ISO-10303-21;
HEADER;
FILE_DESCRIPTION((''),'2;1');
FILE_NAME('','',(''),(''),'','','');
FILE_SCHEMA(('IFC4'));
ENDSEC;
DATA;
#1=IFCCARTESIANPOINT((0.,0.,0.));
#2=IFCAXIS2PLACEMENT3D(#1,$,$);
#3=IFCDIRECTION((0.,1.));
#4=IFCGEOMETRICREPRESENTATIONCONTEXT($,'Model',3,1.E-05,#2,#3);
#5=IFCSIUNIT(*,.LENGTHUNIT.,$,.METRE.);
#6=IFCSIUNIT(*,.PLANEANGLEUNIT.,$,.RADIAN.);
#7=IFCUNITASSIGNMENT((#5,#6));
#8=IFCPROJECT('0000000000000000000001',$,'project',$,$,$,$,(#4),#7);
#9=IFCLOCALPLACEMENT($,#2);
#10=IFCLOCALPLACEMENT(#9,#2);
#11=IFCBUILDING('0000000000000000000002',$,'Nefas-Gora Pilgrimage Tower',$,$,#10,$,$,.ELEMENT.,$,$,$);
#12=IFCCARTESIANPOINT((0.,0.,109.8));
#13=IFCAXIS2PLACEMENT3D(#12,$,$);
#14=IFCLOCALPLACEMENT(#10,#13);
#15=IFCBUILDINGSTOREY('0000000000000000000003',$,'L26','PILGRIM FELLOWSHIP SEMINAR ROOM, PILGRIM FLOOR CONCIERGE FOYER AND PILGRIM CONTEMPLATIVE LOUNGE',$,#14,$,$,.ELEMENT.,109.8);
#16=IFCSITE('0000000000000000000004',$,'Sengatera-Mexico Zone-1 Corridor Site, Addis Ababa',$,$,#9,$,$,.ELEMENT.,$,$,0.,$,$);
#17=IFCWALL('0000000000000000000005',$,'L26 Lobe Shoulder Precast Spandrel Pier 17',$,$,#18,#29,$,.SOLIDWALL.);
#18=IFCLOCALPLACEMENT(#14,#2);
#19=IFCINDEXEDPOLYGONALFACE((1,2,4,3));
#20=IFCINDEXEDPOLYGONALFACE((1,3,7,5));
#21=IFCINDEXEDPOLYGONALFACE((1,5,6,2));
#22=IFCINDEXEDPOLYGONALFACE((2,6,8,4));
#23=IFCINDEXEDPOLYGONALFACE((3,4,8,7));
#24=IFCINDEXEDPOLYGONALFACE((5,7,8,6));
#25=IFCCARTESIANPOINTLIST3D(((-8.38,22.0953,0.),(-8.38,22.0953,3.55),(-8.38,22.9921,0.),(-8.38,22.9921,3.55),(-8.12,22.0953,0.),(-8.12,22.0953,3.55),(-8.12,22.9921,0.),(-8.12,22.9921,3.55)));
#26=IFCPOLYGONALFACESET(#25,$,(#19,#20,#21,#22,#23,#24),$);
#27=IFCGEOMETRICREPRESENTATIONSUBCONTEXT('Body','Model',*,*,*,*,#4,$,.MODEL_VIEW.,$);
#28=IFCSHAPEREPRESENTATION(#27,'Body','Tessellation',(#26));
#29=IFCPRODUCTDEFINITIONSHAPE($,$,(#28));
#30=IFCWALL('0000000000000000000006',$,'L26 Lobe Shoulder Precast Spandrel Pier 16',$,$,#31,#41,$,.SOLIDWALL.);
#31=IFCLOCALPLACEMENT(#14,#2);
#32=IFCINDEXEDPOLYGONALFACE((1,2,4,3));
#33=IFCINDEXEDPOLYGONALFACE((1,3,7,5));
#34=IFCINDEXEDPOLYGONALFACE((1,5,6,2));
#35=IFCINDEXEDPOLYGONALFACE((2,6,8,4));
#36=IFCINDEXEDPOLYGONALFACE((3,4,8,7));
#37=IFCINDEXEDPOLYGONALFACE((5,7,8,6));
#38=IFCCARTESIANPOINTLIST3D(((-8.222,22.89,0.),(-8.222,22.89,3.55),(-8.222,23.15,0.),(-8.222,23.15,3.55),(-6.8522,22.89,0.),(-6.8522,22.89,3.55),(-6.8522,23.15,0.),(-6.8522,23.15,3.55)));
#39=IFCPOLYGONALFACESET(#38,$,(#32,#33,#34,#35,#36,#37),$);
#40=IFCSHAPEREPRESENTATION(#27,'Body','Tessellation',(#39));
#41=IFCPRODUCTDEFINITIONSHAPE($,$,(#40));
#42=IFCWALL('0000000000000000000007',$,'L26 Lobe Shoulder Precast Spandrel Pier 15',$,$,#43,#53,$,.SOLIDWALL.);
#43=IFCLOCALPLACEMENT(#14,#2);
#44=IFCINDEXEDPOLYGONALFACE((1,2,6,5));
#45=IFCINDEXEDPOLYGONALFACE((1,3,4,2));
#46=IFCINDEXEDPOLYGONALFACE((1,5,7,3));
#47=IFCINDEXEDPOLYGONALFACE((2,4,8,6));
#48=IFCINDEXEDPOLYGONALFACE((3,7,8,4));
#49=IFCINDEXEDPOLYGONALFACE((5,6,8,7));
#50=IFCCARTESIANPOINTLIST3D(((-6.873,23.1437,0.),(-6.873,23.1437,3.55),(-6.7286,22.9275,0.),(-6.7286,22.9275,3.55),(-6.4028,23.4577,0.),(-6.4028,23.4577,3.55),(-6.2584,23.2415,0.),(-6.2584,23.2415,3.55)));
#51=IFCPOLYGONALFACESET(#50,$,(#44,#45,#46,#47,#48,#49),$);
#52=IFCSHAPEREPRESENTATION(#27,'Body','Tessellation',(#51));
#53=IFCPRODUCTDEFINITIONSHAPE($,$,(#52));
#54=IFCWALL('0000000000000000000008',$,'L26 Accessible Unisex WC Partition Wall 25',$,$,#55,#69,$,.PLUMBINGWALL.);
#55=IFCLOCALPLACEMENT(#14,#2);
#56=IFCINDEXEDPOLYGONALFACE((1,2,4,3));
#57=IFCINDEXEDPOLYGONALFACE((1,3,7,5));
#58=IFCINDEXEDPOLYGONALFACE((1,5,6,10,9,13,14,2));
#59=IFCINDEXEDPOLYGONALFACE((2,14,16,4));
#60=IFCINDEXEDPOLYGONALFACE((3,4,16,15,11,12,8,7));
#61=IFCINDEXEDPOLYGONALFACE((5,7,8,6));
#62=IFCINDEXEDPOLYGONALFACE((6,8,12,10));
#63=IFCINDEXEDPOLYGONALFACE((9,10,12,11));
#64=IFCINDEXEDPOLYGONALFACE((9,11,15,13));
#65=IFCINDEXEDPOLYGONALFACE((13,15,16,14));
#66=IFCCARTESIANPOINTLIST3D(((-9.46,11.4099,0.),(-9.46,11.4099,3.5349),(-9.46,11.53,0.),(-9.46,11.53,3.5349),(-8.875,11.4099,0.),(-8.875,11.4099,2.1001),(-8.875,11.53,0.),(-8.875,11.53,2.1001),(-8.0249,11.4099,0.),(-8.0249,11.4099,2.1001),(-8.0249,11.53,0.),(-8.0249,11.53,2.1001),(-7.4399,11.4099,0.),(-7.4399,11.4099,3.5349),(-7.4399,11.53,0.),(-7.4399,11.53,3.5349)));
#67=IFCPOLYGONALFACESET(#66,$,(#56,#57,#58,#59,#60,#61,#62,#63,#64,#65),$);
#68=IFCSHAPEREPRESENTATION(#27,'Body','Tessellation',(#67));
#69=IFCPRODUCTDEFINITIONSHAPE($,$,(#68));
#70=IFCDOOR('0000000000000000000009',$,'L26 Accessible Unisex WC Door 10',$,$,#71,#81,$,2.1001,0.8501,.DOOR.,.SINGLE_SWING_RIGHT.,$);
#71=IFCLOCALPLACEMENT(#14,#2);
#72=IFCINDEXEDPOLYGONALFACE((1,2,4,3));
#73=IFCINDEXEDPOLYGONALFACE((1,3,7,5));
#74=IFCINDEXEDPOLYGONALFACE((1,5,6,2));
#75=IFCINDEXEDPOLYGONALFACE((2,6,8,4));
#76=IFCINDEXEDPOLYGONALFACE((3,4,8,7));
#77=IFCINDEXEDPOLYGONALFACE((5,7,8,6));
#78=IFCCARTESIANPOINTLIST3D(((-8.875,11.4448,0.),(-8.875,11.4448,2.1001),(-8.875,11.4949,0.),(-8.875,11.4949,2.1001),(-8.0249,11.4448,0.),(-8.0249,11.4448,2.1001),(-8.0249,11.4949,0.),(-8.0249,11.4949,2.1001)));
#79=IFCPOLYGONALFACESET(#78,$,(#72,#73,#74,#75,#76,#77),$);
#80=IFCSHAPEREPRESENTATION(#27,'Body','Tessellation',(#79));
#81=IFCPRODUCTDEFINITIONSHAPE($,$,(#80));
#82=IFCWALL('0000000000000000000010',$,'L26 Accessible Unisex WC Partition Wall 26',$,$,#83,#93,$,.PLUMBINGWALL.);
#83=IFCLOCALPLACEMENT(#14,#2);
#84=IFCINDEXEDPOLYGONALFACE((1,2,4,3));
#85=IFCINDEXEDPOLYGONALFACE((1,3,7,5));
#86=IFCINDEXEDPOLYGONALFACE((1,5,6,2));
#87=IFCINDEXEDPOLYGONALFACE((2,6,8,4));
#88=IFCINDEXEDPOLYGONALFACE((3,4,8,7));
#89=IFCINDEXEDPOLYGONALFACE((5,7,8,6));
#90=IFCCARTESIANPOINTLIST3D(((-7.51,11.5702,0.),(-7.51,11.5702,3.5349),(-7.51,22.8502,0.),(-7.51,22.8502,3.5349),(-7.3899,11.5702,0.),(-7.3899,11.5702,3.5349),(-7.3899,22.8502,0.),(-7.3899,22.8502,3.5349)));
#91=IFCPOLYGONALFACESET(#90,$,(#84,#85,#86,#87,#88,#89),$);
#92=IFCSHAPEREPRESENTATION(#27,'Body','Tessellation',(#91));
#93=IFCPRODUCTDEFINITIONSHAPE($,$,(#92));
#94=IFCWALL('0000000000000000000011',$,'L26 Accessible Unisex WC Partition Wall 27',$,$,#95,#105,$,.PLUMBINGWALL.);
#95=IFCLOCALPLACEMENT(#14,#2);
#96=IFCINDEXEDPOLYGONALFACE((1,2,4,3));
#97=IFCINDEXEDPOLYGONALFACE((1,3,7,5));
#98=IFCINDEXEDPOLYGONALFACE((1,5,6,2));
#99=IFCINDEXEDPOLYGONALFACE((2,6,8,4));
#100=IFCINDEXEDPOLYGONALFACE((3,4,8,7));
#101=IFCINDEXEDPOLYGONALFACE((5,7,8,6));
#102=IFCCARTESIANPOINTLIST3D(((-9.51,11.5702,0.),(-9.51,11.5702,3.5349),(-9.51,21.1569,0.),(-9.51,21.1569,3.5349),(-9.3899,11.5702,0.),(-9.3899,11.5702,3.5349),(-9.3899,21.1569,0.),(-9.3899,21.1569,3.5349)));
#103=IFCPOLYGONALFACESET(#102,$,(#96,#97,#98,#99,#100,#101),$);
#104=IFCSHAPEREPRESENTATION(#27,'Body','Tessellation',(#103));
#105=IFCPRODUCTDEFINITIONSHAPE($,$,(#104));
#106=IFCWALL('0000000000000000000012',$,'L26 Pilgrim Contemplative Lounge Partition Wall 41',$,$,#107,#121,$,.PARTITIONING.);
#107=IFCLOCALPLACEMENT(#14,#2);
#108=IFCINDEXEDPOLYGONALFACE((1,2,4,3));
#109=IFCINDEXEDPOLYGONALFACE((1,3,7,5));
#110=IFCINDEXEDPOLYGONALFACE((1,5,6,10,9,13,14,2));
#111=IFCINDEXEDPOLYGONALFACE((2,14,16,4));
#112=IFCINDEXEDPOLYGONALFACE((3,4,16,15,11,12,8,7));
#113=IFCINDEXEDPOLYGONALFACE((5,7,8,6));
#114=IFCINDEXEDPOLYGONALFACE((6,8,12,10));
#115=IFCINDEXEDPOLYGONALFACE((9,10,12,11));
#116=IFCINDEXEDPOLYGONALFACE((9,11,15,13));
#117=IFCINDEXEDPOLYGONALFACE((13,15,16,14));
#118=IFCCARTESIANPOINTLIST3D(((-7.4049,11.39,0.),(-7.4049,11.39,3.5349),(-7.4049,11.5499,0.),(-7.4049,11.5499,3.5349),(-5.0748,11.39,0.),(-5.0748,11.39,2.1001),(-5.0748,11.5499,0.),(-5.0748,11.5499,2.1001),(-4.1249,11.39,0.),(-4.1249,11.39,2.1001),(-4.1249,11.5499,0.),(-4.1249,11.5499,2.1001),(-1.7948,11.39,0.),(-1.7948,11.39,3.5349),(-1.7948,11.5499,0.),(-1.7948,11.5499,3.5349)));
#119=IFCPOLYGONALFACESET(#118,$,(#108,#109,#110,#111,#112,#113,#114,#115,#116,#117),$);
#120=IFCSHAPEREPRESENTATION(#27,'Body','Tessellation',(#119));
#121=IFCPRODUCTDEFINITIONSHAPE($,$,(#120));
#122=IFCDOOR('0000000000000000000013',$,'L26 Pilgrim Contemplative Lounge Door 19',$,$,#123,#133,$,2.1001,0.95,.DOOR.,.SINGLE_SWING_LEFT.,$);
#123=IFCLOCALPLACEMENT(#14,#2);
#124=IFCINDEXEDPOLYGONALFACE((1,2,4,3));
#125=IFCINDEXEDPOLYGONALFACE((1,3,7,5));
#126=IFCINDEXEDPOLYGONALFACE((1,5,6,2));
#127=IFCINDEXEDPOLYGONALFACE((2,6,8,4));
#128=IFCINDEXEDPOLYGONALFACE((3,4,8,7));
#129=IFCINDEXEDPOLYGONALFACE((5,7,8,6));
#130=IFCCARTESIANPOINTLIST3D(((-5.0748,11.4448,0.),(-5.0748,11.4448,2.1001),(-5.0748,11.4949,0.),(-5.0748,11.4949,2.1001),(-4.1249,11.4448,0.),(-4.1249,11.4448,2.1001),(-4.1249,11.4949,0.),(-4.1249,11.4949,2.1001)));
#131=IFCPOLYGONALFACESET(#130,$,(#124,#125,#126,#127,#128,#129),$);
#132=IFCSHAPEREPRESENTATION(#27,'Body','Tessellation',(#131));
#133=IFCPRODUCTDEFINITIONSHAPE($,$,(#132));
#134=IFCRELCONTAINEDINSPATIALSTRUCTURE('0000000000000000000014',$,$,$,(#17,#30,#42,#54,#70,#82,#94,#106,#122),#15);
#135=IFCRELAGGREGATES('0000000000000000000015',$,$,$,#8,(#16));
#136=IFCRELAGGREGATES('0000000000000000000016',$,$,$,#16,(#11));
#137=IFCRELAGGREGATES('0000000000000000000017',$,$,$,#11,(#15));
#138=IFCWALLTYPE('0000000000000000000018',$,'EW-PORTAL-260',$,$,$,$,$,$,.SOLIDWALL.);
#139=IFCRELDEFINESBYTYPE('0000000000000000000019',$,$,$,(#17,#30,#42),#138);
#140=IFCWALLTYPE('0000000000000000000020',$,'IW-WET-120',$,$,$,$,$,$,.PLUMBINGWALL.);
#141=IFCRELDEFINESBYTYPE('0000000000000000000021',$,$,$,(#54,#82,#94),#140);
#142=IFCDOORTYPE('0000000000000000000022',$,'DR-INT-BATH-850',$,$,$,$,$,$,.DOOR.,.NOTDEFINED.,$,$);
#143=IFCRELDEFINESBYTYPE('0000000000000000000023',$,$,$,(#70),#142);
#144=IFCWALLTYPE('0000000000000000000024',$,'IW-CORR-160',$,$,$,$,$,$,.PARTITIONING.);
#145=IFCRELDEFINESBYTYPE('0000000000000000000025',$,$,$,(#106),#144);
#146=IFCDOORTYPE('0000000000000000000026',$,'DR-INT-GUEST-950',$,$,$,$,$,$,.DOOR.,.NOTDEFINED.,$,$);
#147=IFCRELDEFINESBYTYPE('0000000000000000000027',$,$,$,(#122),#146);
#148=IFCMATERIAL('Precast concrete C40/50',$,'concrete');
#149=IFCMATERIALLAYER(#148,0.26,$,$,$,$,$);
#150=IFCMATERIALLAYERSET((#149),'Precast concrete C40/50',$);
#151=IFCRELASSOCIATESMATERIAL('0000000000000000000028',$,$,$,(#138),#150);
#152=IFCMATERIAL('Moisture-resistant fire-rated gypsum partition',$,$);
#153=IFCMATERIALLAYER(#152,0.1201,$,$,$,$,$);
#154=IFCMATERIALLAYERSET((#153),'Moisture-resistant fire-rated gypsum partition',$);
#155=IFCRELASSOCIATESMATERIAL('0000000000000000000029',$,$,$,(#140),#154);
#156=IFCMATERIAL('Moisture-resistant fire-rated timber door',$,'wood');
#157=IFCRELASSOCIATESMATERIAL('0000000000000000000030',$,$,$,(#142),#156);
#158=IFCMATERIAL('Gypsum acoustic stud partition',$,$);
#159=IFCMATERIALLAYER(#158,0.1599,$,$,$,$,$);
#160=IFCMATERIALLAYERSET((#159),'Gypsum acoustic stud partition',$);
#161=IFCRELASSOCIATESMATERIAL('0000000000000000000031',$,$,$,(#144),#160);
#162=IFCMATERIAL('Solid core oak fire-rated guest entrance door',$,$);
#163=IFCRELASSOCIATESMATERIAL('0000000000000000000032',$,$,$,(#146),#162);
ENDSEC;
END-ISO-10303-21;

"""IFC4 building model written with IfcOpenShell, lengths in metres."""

from ifc_helpers import new_model, si_unit, direction, frame, frame_2d, origin, place, context, subcontext, project, spatial, rectangle, extrude, source, transform, mapped, material, layer, layer_set, type_object, element, fill, save


model = new_model("IFC4")

# Units and contexts
model_context = context("Model", 3, precision=1e-05, world=origin(), true_north=direction((0.0, 1.0)))
body_context = subcontext(model_context, "Body", "Model", "MODEL_VIEW")
ifc_project = project(units=[si_unit("LENGTHUNIT", "METRE"), si_unit("PLANEANGLEUNIT", "RADIAN")], contexts=[model_context])

# Site, building, storey
site_placement = place(None, origin())
site = spatial("IfcSite", under=ifc_project, at=site_placement, Name="Sengatera-Mexico Zone-1 Corridor Site, Addis Ababa", CompositionType="ELEMENT", RefElevation=0.0)
building_placement = place(site_placement, origin())
building = spatial("IfcBuilding", under=site, at=building_placement, Name="Nefas-Gora Pilgrimage Tower", CompositionType="ELEMENT")
storey_placement = place(building_placement, frame((0.0, 0.0, 109.8)))
storey = spatial("IfcBuildingStorey", under=building, at=storey_placement, Name="L26", Description="PILGRIM FELLOWSHIP SEMINAR ROOM, PILGRIM FLOOR CONCIERGE FOYER AND PILGRIM CONTEMPLATIVE LOUNGE", CompositionType="ELEMENT", Elevation=109.8)

# Walls
ifc_material_1 = material(Name="Precast concrete C40/50", Category="concrete")
ifc_layer_1 = layer(ifc_material_1, 0.26)
ifc_layer_set_1 = layer_set([ifc_layer_1], Name="Precast concrete C40/50")
wall_type_1 = type_object("IfcWallType", Name="EW-PORTAL-260", PredefinedType="SOLIDWALL", material=ifc_layer_set_1)
shared_shape_1 = source(origin(), body_context, "Body", "SweptSolid", [
    extrude(rectangle(XDim=0.8967, YDim=0.26, at=frame_2d((0.4482, 0.0))), origin(), (0.0, 0.0, 1.0), 3.55),
])
wall_1_placement = place(storey_placement, frame((-8.25, 22.9919, 0.0), z_axis=(0.0, 0.0, 1.0), x_axis=(0.0, -1.0, 0.0)))
element("IfcWall", 1, at=wall_1_placement, inside=storey, type_object=wall_type_1, Name="L26 Lobe Shoulder Precast Spandrel Pier 17", PredefinedType="SOLIDWALL", context=body_context, shape_type="MappedRepresentation", body=[
    mapped(shared_shape_1, transform((0.0, 0.0, 0.0), x_axis=(1.0, 0.0, 0.0), y_axis=(0.0, 1.0, 0.0), z_axis=(0.0, 0.0, 1.0), scale=1.0)),
])
shared_shape_2 = source(origin(), body_context, "Body", "SweptSolid", [
    extrude(rectangle(XDim=1.3699, YDim=0.26, at=frame_2d((0.6851, 0.0))), origin(), (0.0, 0.0, 1.0), 3.55),
])
wall_2_placement = place(storey_placement, frame((-6.8521, 23.02, 0.0), z_axis=(0.0, 0.0, 1.0), x_axis=(-1.0, 0.0, 0.0)))
element("IfcWall", 2, at=wall_2_placement, inside=storey, type_object=wall_type_1, Name="L26 Lobe Shoulder Precast Spandrel Pier 16", PredefinedType="SOLIDWALL", context=body_context, shape_type="MappedRepresentation", body=[
    mapped(shared_shape_2, transform((0.0, 0.0, 0.0), x_axis=(1.0, 0.0, 0.0), y_axis=(0.0, 1.0, 0.0), z_axis=(0.0, 0.0, 1.0), scale=1.0)),
])
shared_shape_3 = source(origin(), body_context, "Body", "SweptSolid", [
    extrude(rectangle(XDim=0.5654, YDim=0.26, at=frame_2d((0.2827, 0.0))), origin(), (0.0, 0.0, 1.0), 3.55),
])
wall_3_placement = place(storey_placement, frame((-6.3306, 23.3496, 0.0), z_axis=(0.0, 0.0, 1.0), x_axis=(-0.831651, -0.555298, 0.0)))
element("IfcWall", 3, at=wall_3_placement, inside=storey, type_object=wall_type_1, Name="L26 Lobe Shoulder Precast Spandrel Pier 15", PredefinedType="SOLIDWALL", context=body_context, shape_type="MappedRepresentation", body=[
    mapped(shared_shape_3, transform((0.0, 0.0, 0.0), x_axis=(1.0, 0.0, 0.0), y_axis=(0.0, 1.0, 0.0), z_axis=(0.0, 0.0, 1.0), scale=1.0)),
])

# Wall, opening, door
ifc_material_2 = material(Name="Moisture-resistant fire-rated gypsum partition")
ifc_layer_2 = layer(ifc_material_2, 0.1201)
ifc_layer_set_2 = layer_set([ifc_layer_2], Name="Moisture-resistant fire-rated gypsum partition")
wall_type_2 = type_object("IfcWallType", Name="IW-WET-120", PredefinedType="PLUMBINGWALL", material=ifc_layer_set_2)
shared_shape_4 = source(origin(), body_context, "Body", "SweptSolid", [
    extrude(rectangle(XDim=2.02, YDim=0.1201, at=frame_2d((1.01, 0.0))), origin(), (0.0, 0.0, 1.0), 3.5349),
])
wall_4_placement = place(storey_placement, frame((-9.46, 11.47, 0.0), z_axis=(0.0, 0.0, 1.0), x_axis=(1.0, 0.0, 0.0)))
wall_4 = element("IfcWall", 4, at=wall_4_placement, inside=storey, type_object=wall_type_2, Name="L26 Accessible Unisex WC Partition Wall 25", PredefinedType="PLUMBINGWALL", context=body_context, shape_type="MappedRepresentation", body=[
    mapped(shared_shape_4, transform((0.0, 0.0, 0.0), x_axis=(1.0, 0.0, 0.0), y_axis=(0.0, 1.0, 0.0), z_axis=(0.0, 0.0, 1.0), scale=1.0)),
])
opening_1_placement = place(wall_4_placement, frame((0.585, 0.0, 0.0)))
opening_1 = element("IfcOpeningElement", 5, at=opening_1_placement, cuts=wall_4, PredefinedType="OPENING", context=body_context, shape_type="SweptSolid", body=[
    extrude(rectangle(XDim=0.8501, YDim=2.1001, at=frame_2d((0.425, 1.05))), frame((0.0, 0.0701, 0.0), z_axis=(0.0, -1.0, 0.0), x_axis=(1.0, 0.0, 0.0)), (0.0, 0.0, 1.0), 0.1401),
])
ifc_material_3 = material(Name="Moisture-resistant fire-rated timber door", Category="wood")
door_type_1 = type_object("IfcDoorType", Name="DR-INT-BATH-850", OperationType="NOTDEFINED", PredefinedType="DOOR", material=ifc_material_3)
shared_shape_5 = source(origin(), body_context, "Body", "SweptSolid", [
    extrude(rectangle(XDim=0.8501, YDim=2.1001, at=frame_2d((0.425, 1.05))), frame((0.0, 0.0249, 0.0), z_axis=(0.0, -1.0, 0.0), x_axis=(1.0, 0.0, 0.0)), (0.0, 0.0, 1.0), 0.05),
])
door_1_placement = place(opening_1_placement, origin())
door_1 = element("IfcDoor", 6, at=door_1_placement, inside=storey, type_object=door_type_1, Name="L26 Accessible Unisex WC Door 10", OperationType="SINGLE_SWING_RIGHT", OverallHeight=2.1001, OverallWidth=0.8501, PredefinedType="DOOR", context=body_context, shape_type="MappedRepresentation", body=[
    mapped(shared_shape_5, transform((0.0, 0.0, 0.0), x_axis=(1.0, 0.0, 0.0), y_axis=(0.0, 1.0, 0.0), z_axis=(0.0, 0.0, 1.0), scale=1.0)),
])
fill(opening_1, door_1)

# Walls
shared_shape_6 = source(origin(), body_context, "Body", "SweptSolid", [
    extrude(rectangle(XDim=11.28, YDim=0.1201, at=frame_2d((5.6401, 0.0))), origin(), (0.0, 0.0, 1.0), 3.5349),
])
wall_5_placement = place(storey_placement, frame((-7.45, 11.5701, 0.0), z_axis=(0.0, 0.0, 1.0), x_axis=(0.0, 1.0, 0.0)))
element("IfcWall", 7, at=wall_5_placement, inside=storey, type_object=wall_type_2, Name="L26 Accessible Unisex WC Partition Wall 26", PredefinedType="PLUMBINGWALL", context=body_context, shape_type="MappedRepresentation", body=[
    mapped(shared_shape_6, transform((0.0, 0.0, 0.0), x_axis=(1.0, 0.0, 0.0), y_axis=(0.0, 1.0, 0.0), z_axis=(0.0, 0.0, 1.0), scale=1.0)),
])
shared_shape_7 = source(origin(), body_context, "Body", "SweptSolid", [
    extrude(rectangle(XDim=9.5867, YDim=0.1201, at=frame_2d((4.7935, 0.0))), origin(), (0.0, 0.0, 1.0), 3.5349),
])
wall_6_placement = place(storey_placement, frame((-9.45, 11.5701, 0.0), z_axis=(0.0, 0.0, 1.0), x_axis=(0.0, 1.0, 0.0)))
element("IfcWall", 8, at=wall_6_placement, inside=storey, type_object=wall_type_2, Name="L26 Accessible Unisex WC Partition Wall 27", PredefinedType="PLUMBINGWALL", context=body_context, shape_type="MappedRepresentation", body=[
    mapped(shared_shape_7, transform((0.0, 0.0, 0.0), x_axis=(1.0, 0.0, 0.0), y_axis=(0.0, 1.0, 0.0), z_axis=(0.0, 0.0, 1.0), scale=1.0)),
])

# Wall, opening, door
ifc_material_4 = material(Name="Gypsum acoustic stud partition")
ifc_layer_3 = layer(ifc_material_4, 0.1599)
ifc_layer_set_3 = layer_set([ifc_layer_3], Name="Gypsum acoustic stud partition")
wall_type_3 = type_object("IfcWallType", Name="IW-CORR-160", PredefinedType="PARTITIONING", material=ifc_layer_set_3)
shared_shape_8 = source(origin(), body_context, "Body", "SweptSolid", [
    extrude(rectangle(XDim=5.6101, YDim=0.1599, at=frame_2d((2.8052, 0.0))), origin(), (0.0, 0.0, 1.0), 3.5349),
])
wall_7_placement = place(storey_placement, frame((-7.405, 11.47, 0.0), z_axis=(0.0, 0.0, 1.0), x_axis=(1.0, 0.0, 0.0)))
wall_7 = element("IfcWall", 9, at=wall_7_placement, inside=storey, type_object=wall_type_3, Name="L26 Pilgrim Contemplative Lounge Partition Wall 41", PredefinedType="PARTITIONING", context=body_context, shape_type="MappedRepresentation", body=[
    mapped(shared_shape_8, transform((0.0, 0.0, 0.0), x_axis=(1.0, 0.0, 0.0), y_axis=(0.0, 1.0, 0.0), z_axis=(0.0, 0.0, 1.0), scale=1.0)),
])
opening_2_placement = place(wall_7_placement, frame((2.3301, 0.0, 0.0)))
opening_2 = element("IfcOpeningElement", 10, at=opening_2_placement, cuts=wall_7, PredefinedType="OPENING", context=body_context, shape_type="SweptSolid", body=[
    extrude(rectangle(XDim=0.95, YDim=2.1001, at=frame_2d((0.4751, 1.05))), frame((0.0, 0.0898, 0.0), z_axis=(0.0, -1.0, 0.0), x_axis=(1.0, 0.0, 0.0)), (0.0, 0.0, 1.0), 0.1799),
])
ifc_material_5 = material(Name="Solid core oak fire-rated guest entrance door")
door_type_2 = type_object("IfcDoorType", Name="DR-INT-GUEST-950", OperationType="NOTDEFINED", PredefinedType="DOOR", material=ifc_material_5)
shared_shape_9 = source(origin(), body_context, "Body", "SweptSolid", [
    extrude(rectangle(XDim=0.95, YDim=2.1001, at=frame_2d((0.4751, 1.05))), frame((0.0, 0.0249, 0.0), z_axis=(0.0, -1.0, 0.0), x_axis=(1.0, 0.0, 0.0)), (0.0, 0.0, 1.0), 0.05),
])
door_2_placement = place(opening_2_placement, origin())
door_2 = element("IfcDoor", 11, at=door_2_placement, inside=storey, type_object=door_type_2, Name="L26 Pilgrim Contemplative Lounge Door 19", OperationType="SINGLE_SWING_LEFT", OverallHeight=2.1001, OverallWidth=0.95, PredefinedType="DOOR", context=body_context, shape_type="MappedRepresentation", body=[
    mapped(shared_shape_9, transform((0.0, 0.0, 0.0), x_axis=(1.0, 0.0, 0.0), y_axis=(0.0, 1.0, 0.0), z_axis=(0.0, 0.0, 1.0), scale=1.0)),
])
fill(opening_2, door_2)

save(model, "model.ifc")
